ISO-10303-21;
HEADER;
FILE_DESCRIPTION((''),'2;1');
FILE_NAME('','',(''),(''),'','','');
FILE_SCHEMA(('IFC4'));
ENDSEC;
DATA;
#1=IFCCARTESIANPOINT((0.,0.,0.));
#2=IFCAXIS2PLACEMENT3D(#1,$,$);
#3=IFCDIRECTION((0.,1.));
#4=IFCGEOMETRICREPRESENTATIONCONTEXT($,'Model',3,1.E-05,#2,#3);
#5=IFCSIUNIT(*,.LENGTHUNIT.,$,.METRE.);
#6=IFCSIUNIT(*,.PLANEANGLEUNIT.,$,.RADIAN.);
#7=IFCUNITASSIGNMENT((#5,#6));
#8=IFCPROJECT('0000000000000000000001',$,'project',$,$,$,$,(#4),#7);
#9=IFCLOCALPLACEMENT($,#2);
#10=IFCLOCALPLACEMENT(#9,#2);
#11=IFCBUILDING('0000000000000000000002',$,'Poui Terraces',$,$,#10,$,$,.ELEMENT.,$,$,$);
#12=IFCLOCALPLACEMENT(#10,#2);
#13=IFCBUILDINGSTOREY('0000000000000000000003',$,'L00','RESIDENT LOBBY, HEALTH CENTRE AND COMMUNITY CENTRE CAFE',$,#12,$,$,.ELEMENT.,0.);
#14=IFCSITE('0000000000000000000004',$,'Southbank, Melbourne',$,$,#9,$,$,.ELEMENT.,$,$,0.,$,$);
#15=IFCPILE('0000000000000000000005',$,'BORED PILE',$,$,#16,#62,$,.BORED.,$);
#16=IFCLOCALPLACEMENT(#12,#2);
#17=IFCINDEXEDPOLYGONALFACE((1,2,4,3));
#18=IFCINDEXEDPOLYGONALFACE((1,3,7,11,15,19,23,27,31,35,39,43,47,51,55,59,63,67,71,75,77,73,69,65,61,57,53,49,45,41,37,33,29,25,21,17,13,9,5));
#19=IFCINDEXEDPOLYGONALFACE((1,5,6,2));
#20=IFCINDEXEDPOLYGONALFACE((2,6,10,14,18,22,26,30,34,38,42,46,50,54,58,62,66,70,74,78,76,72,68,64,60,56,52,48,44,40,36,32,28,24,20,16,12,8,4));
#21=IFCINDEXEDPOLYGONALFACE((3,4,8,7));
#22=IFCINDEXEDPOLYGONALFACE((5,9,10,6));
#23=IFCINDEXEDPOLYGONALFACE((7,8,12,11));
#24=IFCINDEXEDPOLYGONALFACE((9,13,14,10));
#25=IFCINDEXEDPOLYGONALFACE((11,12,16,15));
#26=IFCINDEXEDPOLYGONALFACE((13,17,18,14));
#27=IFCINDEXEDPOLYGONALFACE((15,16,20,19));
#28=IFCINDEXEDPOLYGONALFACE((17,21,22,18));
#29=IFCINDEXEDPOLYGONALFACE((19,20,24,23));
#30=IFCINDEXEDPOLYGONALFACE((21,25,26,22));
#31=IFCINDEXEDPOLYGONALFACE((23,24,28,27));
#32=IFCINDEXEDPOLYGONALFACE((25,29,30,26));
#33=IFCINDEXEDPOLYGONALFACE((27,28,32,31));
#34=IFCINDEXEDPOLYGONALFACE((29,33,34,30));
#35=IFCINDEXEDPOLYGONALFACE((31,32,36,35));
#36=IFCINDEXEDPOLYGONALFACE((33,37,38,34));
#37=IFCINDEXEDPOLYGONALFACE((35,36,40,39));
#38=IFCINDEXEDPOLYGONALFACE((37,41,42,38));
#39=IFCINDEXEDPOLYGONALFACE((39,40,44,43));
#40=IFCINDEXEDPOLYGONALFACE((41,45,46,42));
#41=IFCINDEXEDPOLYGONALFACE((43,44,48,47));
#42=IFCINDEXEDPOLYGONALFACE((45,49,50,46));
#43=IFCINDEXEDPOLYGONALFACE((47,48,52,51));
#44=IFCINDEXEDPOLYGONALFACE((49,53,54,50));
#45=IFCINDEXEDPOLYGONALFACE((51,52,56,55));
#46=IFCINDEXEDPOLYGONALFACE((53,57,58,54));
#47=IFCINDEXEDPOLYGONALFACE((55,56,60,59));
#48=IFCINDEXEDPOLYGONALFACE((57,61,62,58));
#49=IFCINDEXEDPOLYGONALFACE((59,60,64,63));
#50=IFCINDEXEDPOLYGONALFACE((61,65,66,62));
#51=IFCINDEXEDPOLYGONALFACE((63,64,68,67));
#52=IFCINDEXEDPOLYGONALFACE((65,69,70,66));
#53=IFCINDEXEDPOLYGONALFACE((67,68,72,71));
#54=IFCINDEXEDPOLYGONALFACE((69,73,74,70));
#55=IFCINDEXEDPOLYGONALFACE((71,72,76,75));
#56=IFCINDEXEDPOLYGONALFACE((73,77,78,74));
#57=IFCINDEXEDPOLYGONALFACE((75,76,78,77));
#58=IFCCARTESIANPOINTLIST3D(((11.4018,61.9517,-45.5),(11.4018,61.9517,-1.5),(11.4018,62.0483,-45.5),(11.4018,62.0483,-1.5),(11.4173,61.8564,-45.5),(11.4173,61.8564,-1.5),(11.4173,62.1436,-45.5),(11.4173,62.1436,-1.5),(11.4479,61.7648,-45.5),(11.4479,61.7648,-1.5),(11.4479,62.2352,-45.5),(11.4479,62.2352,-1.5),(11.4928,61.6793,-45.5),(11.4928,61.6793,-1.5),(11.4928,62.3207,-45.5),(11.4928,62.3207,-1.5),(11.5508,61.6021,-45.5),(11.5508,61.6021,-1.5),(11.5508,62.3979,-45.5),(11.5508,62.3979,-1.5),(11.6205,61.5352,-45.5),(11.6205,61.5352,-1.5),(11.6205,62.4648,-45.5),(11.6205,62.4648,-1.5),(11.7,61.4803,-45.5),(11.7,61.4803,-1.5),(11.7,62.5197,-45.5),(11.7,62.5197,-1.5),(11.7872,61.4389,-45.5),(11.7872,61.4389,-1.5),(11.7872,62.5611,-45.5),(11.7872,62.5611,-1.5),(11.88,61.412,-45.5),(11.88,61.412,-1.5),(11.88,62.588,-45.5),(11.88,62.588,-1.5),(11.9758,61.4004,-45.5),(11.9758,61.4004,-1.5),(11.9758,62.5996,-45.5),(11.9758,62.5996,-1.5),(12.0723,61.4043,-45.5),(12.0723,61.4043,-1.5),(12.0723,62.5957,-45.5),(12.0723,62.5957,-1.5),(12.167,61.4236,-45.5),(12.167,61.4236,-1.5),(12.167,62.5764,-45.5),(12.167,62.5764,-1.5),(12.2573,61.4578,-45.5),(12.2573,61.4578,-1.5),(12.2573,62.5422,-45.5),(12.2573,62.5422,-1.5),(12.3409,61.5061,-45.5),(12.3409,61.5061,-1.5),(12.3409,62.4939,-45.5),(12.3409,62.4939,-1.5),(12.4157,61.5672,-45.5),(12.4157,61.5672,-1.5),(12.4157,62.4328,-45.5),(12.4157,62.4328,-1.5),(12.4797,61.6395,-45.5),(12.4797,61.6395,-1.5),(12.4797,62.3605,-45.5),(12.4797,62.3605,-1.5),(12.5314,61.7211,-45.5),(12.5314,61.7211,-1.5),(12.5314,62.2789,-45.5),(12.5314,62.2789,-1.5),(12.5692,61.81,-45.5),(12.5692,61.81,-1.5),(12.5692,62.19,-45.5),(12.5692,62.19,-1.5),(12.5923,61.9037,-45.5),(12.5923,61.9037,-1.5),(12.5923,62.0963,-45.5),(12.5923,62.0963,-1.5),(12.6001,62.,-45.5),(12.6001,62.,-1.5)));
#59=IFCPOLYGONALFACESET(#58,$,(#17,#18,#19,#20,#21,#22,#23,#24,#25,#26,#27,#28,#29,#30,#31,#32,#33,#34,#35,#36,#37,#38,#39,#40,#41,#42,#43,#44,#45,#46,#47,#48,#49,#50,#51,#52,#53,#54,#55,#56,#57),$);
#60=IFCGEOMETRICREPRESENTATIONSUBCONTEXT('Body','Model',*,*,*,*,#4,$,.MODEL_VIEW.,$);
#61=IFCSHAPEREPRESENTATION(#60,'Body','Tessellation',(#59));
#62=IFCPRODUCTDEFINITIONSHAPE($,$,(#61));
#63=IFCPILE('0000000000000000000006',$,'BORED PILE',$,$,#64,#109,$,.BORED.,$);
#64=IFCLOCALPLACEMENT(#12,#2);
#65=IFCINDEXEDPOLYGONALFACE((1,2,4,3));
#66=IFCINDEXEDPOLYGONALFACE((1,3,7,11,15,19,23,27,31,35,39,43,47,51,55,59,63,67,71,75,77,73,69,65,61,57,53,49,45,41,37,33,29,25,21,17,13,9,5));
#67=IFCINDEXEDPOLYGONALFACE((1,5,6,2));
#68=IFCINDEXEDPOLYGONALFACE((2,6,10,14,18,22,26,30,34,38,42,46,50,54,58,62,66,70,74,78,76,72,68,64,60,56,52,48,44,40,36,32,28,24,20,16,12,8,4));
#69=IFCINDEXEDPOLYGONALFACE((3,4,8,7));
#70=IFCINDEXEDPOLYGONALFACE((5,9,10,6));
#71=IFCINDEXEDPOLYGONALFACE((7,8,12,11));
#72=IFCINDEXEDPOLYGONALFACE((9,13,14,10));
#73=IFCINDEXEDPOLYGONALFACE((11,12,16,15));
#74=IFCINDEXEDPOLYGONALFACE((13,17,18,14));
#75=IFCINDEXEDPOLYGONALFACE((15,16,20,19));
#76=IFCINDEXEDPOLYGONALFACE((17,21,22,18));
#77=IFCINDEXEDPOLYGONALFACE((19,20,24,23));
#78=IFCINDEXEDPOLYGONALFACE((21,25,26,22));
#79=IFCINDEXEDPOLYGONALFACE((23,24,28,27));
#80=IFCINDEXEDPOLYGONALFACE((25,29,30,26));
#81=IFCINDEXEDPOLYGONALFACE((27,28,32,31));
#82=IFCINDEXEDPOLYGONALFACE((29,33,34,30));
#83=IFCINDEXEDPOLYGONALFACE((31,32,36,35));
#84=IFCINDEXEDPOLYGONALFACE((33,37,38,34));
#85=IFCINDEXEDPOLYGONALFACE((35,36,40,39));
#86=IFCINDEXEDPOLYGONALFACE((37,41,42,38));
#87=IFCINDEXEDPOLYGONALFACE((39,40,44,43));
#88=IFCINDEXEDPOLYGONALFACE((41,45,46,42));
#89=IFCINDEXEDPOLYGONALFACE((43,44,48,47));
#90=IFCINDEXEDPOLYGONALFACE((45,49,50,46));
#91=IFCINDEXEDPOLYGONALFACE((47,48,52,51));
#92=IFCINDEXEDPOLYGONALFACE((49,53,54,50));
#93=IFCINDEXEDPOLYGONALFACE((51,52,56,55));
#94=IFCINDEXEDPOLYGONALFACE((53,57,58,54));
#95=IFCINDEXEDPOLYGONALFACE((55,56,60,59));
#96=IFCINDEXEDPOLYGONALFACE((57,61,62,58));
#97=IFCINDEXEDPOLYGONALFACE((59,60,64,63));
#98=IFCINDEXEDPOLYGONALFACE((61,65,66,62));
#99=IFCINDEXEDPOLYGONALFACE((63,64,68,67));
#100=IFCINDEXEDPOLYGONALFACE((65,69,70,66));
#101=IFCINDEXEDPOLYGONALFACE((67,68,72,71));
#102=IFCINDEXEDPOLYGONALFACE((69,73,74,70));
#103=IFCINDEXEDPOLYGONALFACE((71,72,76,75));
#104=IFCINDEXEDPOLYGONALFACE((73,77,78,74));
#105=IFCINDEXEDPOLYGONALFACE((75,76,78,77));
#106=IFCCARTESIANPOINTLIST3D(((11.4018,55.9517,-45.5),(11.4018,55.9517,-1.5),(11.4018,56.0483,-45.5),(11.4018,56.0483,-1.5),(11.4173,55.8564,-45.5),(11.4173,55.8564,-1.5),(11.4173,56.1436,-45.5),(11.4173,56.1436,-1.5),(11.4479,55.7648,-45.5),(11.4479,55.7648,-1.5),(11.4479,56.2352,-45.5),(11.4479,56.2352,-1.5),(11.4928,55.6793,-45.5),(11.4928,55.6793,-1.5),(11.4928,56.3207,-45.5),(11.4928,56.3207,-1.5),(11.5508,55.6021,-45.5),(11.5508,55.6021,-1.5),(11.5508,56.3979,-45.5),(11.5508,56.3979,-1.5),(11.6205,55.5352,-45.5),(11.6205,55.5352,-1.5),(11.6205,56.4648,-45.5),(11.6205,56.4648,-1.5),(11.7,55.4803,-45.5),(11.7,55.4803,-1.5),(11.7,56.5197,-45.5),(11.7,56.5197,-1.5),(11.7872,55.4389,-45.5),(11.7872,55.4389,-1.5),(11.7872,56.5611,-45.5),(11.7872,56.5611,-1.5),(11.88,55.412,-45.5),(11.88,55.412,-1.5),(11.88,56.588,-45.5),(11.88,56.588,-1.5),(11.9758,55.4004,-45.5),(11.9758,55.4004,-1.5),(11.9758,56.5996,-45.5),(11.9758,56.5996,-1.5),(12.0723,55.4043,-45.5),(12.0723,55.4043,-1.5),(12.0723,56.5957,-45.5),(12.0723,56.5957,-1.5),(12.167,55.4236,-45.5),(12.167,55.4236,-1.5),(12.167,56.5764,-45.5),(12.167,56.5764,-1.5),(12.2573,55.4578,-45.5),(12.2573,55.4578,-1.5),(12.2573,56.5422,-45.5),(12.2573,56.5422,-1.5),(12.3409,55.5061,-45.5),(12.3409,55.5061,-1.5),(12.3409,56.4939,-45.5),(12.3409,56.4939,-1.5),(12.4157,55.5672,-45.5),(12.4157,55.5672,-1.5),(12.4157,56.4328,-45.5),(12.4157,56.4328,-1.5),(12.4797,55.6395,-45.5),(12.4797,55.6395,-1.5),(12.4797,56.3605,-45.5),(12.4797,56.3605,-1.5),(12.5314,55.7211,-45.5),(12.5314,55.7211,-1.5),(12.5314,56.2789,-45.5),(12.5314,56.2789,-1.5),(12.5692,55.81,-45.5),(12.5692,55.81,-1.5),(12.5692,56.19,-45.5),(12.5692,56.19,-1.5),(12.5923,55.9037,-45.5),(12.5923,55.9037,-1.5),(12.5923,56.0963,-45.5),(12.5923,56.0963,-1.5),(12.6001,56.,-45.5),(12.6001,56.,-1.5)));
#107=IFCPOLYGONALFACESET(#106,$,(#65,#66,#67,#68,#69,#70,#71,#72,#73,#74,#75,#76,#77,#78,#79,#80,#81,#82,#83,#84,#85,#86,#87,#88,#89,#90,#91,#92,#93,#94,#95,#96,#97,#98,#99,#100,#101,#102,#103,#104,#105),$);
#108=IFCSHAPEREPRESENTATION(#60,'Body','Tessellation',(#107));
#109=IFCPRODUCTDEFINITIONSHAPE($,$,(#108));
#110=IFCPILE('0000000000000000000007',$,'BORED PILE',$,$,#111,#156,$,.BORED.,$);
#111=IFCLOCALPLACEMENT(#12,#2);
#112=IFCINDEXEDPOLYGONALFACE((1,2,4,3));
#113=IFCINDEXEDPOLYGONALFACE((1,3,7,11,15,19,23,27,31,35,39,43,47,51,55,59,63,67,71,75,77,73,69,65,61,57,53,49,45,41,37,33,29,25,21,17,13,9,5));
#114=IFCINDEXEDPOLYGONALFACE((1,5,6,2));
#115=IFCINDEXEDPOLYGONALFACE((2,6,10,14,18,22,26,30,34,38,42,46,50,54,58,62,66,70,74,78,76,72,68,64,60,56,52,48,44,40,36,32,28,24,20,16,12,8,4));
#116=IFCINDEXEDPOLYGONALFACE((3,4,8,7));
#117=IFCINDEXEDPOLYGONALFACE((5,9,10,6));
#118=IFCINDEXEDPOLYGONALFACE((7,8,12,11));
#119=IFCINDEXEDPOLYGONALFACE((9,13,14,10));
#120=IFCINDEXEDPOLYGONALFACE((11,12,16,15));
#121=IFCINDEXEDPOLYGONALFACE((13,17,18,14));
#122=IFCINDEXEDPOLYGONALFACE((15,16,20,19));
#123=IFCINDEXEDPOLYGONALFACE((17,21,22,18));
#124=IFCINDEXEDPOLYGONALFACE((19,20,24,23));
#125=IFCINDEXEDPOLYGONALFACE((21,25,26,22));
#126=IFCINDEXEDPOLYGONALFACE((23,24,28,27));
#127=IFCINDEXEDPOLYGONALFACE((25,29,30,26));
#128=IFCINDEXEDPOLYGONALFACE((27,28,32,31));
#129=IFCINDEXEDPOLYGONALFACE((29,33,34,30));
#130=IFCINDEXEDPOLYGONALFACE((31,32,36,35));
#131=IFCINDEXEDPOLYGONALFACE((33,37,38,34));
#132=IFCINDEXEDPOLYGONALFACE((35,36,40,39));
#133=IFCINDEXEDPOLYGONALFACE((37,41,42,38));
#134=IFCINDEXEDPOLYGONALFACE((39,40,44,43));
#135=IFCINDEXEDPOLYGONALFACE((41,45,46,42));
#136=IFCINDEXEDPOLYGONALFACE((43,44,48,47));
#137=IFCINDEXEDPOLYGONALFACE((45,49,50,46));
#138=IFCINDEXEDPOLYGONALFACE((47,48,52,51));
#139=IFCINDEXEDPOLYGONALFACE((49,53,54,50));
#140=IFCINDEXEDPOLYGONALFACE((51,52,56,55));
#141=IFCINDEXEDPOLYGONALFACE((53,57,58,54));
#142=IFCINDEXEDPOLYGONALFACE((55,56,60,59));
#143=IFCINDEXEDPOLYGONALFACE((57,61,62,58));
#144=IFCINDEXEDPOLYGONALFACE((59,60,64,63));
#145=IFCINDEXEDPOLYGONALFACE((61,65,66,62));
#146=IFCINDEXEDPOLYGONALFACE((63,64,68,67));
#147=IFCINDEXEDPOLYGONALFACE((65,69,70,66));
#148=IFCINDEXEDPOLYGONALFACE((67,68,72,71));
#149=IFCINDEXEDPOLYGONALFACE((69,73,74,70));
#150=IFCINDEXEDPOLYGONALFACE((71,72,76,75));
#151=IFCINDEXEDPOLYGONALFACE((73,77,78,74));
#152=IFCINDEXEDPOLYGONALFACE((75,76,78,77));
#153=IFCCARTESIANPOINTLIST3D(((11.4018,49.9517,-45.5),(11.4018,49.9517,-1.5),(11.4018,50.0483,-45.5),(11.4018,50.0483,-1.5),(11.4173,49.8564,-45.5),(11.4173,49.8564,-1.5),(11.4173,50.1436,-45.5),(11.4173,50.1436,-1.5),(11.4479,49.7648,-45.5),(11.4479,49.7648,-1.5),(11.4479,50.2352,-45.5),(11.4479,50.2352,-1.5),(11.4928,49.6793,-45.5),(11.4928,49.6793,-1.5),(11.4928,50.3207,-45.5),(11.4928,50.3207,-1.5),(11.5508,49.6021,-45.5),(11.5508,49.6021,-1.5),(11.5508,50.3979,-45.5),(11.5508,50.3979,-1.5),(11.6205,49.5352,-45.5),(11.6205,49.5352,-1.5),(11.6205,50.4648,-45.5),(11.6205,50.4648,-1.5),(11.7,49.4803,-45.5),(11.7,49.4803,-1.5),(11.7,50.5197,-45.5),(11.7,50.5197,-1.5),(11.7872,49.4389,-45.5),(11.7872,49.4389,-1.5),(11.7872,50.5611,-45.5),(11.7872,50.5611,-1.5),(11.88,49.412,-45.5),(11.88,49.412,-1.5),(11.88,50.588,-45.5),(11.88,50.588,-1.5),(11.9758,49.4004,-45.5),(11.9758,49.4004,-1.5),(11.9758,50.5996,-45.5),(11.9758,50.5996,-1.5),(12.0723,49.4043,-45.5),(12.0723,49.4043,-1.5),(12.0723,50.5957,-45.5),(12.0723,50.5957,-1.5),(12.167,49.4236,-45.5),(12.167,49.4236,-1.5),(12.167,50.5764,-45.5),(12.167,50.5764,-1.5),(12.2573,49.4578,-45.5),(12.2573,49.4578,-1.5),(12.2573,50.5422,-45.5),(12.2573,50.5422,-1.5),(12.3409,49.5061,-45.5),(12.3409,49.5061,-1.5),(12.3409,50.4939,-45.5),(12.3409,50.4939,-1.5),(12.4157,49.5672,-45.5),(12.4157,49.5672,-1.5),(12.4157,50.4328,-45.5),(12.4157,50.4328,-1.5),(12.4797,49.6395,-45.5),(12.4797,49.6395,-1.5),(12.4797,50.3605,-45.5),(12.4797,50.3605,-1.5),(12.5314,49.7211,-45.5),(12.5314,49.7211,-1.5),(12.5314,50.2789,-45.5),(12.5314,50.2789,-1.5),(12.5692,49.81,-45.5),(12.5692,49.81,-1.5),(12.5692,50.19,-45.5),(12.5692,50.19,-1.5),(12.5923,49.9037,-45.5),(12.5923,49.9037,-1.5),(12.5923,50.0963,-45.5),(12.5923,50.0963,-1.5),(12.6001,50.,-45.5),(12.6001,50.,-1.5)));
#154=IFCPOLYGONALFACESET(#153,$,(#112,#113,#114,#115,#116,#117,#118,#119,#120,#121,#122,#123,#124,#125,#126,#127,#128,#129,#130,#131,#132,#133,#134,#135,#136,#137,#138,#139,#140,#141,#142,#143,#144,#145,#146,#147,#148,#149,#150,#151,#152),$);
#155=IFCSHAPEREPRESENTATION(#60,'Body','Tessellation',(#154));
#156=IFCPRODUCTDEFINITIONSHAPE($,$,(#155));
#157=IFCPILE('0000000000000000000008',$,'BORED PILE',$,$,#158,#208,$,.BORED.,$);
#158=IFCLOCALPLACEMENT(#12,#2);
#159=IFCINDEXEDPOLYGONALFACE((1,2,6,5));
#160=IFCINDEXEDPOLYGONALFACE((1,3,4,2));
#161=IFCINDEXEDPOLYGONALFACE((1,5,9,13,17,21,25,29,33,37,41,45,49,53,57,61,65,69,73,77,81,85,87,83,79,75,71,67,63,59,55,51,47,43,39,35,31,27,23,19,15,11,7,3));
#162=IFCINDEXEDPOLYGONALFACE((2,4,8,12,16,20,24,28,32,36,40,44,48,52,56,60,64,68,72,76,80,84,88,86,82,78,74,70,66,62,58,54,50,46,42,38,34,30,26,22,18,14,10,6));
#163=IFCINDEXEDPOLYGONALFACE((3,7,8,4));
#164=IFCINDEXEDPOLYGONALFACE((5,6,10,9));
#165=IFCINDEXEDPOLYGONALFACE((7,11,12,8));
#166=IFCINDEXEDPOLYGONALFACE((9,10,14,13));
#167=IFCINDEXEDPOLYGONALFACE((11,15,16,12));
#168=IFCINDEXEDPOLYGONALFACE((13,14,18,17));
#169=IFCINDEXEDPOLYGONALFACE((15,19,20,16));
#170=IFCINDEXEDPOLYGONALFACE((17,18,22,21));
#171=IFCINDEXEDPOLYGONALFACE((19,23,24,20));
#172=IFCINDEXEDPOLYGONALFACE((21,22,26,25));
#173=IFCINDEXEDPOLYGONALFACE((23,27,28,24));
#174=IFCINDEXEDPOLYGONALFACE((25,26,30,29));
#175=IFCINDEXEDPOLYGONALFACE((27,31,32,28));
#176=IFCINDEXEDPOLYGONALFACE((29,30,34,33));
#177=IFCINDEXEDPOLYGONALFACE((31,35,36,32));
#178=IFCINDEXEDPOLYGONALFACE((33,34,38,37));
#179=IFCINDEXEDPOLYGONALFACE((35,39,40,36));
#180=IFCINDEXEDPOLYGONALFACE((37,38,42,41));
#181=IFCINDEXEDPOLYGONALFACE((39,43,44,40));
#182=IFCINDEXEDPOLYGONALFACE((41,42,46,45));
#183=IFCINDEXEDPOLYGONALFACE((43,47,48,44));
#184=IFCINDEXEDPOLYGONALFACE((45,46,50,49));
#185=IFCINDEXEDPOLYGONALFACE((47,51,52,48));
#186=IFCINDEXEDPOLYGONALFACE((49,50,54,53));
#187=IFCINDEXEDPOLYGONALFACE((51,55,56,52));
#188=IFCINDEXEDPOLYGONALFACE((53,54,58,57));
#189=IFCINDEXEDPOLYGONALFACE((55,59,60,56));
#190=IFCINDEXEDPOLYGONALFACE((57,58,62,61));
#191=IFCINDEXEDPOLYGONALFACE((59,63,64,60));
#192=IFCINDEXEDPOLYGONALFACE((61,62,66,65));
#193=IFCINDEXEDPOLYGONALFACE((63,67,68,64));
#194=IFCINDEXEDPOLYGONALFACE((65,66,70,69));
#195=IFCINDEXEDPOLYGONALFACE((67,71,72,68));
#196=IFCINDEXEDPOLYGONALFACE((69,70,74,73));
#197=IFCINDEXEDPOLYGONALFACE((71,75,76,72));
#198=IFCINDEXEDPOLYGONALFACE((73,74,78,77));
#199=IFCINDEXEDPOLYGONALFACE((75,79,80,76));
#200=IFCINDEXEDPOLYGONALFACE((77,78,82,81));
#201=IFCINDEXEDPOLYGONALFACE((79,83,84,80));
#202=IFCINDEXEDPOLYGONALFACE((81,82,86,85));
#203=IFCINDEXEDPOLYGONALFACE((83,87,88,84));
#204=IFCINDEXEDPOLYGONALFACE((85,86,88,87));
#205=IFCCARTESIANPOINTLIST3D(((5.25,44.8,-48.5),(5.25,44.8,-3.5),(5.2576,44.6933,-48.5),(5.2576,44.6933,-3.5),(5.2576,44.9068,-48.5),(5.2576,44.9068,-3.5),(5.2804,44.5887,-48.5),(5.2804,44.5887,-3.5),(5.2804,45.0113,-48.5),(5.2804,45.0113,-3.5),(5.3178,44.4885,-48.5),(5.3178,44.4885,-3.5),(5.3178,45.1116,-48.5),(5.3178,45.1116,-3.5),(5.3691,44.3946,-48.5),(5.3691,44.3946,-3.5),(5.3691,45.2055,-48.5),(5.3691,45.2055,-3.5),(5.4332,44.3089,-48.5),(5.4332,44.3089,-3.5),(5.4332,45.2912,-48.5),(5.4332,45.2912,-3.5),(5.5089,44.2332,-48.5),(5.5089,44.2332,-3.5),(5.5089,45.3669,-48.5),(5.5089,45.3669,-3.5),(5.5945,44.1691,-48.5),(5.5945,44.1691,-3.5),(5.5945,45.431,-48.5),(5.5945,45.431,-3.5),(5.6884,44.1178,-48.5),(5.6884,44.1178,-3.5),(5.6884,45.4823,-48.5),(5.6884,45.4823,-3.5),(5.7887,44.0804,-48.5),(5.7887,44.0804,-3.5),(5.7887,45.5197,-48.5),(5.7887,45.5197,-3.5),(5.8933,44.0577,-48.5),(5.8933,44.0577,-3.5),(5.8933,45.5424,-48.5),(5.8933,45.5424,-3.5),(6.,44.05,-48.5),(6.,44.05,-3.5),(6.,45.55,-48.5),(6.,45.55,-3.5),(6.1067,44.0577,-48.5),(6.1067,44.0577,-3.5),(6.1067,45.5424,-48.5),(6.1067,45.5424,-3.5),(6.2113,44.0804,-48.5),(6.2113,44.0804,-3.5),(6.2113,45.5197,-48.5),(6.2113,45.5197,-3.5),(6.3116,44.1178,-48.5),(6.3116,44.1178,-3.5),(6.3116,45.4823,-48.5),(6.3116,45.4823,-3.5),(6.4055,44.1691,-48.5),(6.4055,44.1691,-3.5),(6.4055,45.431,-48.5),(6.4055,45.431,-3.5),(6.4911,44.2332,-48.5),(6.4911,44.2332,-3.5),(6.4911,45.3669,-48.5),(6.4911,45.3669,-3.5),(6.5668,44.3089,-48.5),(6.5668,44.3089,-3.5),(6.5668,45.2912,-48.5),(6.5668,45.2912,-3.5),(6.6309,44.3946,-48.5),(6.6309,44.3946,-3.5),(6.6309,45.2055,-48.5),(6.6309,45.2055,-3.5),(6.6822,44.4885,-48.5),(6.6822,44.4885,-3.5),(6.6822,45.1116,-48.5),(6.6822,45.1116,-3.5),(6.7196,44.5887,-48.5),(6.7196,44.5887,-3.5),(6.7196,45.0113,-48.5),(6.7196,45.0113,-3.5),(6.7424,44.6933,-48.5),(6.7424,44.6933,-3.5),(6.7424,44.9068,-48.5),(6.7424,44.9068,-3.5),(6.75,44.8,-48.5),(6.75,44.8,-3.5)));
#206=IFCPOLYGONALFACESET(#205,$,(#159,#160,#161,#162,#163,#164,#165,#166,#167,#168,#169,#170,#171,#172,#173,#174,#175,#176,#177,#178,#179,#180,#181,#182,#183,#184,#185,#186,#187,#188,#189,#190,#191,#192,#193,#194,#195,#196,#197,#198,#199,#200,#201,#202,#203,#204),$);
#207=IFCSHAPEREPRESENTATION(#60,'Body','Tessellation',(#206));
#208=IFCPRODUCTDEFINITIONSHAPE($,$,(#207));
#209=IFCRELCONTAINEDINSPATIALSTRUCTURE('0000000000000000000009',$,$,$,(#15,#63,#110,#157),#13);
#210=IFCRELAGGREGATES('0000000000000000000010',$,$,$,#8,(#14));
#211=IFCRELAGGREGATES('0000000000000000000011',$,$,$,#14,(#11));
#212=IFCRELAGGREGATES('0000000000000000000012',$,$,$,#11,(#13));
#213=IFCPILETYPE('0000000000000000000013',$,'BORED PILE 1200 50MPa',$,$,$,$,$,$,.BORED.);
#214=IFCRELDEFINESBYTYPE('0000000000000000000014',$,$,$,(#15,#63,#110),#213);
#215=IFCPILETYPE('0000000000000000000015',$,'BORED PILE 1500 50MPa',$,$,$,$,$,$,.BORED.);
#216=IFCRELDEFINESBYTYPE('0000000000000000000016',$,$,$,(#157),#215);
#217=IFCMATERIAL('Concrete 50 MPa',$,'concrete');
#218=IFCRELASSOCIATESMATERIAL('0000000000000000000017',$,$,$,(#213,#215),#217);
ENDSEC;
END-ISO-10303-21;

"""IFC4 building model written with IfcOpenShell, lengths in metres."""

from ifc_helpers import new_model, si_unit, direction, frame, origin, origin_2d, place, context, subcontext, project, spatial, circle, extrude, material, material_profile, profile_set, type_object, element, save


model = new_model("IFC4")

# Units and contexts
model_context = context("Model", 3, precision=1e-05, world=origin(), true_north=direction((0.0, 1.0)))
body_context = subcontext(model_context, "Body", "Model", "MODEL_VIEW")
ifc_project = project(units=[si_unit("LENGTHUNIT", "METRE"), si_unit("PLANEANGLEUNIT", "RADIAN")], contexts=[model_context])

# Site, building, storey
site_placement = place(None, origin())
site = spatial("IfcSite", under=ifc_project, at=site_placement, Name="Southbank, Melbourne", CompositionType="ELEMENT", RefElevation=0.0)
building_placement = place(site_placement, origin())
building = spatial("IfcBuilding", under=site, at=building_placement, Name="Poui Terraces", CompositionType="ELEMENT")
storey_placement = place(building_placement, origin())
storey = spatial("IfcBuildingStorey", under=building, at=storey_placement, Name="L00", Description="RESIDENT LOBBY, HEALTH CENTRE AND COMMUNITY CENTRE CAFE", CompositionType="ELEMENT", Elevation=0.0)

# Piles
ifc_material_1 = material(Name="Concrete 50 MPa", Category="concrete")
ifc_material_profile_1 = material_profile(ifc_material_1, circle(Radius=0.6001, at=origin_2d()), Name="RC D1200")
ifc_profile_set_1 = profile_set([ifc_material_profile_1], Name="Concrete 50 MPa")
pile_type_1 = type_object("IfcPileType", Name="BORED PILE 1200 50MPa", PredefinedType="BORED", material=ifc_profile_set_1)
for number, where, z_axis, x_axis, name in (
    (1, (12.0, 62.0, -1.5), (0.0, 0.0, -1.0), (1.0, 0.0, 0.0), "BORED PILE"),
    (2, (12.0, 56.0, -1.5), (0.0, 0.0, -1.0), (1.0, 0.0, 0.0), "BORED PILE"),
    (3, (12.0, 50.0, -1.5), (0.0, 0.0, -1.0), (1.0, 0.0, 0.0), "BORED PILE"),
):
    element("IfcPile", number, at=place(storey_placement, frame(where, z_axis=z_axis, x_axis=x_axis)), inside=storey, type_object=pile_type_1, Name=name, PredefinedType="BORED", context=body_context, shape_type="SweptSolid", body=[
        extrude(circle(Radius=0.6001, at=origin_2d()), origin(), (0.0, 0.0, 1.0), 44.0),
    ])
ifc_material_profile_2 = material_profile(ifc_material_1, circle(Radius=0.75, at=origin_2d()), Name="RC D1500")
ifc_profile_set_2 = profile_set([ifc_material_profile_2], Name="Concrete 50 MPa")
pile_type_2 = type_object("IfcPileType", Name="BORED PILE 1500 50MPa", PredefinedType="BORED", material=ifc_profile_set_2)
for number, where, z_axis, x_axis, name in (
    (4, (6.0, 44.8, -3.5), (0.0, 0.0, -1.0), (1.0, 0.0, 0.0), "BORED PILE"),
):
    element("IfcPile", number, at=place(storey_placement, frame(where, z_axis=z_axis, x_axis=x_axis)), inside=storey, type_object=pile_type_2, Name=name, PredefinedType="BORED", context=body_context, shape_type="SweptSolid", body=[
        extrude(circle(Radius=0.75, at=origin_2d()), origin(), (0.0, 0.0, 1.0), 45.0),
    ])

save(model, "model.ifc")
